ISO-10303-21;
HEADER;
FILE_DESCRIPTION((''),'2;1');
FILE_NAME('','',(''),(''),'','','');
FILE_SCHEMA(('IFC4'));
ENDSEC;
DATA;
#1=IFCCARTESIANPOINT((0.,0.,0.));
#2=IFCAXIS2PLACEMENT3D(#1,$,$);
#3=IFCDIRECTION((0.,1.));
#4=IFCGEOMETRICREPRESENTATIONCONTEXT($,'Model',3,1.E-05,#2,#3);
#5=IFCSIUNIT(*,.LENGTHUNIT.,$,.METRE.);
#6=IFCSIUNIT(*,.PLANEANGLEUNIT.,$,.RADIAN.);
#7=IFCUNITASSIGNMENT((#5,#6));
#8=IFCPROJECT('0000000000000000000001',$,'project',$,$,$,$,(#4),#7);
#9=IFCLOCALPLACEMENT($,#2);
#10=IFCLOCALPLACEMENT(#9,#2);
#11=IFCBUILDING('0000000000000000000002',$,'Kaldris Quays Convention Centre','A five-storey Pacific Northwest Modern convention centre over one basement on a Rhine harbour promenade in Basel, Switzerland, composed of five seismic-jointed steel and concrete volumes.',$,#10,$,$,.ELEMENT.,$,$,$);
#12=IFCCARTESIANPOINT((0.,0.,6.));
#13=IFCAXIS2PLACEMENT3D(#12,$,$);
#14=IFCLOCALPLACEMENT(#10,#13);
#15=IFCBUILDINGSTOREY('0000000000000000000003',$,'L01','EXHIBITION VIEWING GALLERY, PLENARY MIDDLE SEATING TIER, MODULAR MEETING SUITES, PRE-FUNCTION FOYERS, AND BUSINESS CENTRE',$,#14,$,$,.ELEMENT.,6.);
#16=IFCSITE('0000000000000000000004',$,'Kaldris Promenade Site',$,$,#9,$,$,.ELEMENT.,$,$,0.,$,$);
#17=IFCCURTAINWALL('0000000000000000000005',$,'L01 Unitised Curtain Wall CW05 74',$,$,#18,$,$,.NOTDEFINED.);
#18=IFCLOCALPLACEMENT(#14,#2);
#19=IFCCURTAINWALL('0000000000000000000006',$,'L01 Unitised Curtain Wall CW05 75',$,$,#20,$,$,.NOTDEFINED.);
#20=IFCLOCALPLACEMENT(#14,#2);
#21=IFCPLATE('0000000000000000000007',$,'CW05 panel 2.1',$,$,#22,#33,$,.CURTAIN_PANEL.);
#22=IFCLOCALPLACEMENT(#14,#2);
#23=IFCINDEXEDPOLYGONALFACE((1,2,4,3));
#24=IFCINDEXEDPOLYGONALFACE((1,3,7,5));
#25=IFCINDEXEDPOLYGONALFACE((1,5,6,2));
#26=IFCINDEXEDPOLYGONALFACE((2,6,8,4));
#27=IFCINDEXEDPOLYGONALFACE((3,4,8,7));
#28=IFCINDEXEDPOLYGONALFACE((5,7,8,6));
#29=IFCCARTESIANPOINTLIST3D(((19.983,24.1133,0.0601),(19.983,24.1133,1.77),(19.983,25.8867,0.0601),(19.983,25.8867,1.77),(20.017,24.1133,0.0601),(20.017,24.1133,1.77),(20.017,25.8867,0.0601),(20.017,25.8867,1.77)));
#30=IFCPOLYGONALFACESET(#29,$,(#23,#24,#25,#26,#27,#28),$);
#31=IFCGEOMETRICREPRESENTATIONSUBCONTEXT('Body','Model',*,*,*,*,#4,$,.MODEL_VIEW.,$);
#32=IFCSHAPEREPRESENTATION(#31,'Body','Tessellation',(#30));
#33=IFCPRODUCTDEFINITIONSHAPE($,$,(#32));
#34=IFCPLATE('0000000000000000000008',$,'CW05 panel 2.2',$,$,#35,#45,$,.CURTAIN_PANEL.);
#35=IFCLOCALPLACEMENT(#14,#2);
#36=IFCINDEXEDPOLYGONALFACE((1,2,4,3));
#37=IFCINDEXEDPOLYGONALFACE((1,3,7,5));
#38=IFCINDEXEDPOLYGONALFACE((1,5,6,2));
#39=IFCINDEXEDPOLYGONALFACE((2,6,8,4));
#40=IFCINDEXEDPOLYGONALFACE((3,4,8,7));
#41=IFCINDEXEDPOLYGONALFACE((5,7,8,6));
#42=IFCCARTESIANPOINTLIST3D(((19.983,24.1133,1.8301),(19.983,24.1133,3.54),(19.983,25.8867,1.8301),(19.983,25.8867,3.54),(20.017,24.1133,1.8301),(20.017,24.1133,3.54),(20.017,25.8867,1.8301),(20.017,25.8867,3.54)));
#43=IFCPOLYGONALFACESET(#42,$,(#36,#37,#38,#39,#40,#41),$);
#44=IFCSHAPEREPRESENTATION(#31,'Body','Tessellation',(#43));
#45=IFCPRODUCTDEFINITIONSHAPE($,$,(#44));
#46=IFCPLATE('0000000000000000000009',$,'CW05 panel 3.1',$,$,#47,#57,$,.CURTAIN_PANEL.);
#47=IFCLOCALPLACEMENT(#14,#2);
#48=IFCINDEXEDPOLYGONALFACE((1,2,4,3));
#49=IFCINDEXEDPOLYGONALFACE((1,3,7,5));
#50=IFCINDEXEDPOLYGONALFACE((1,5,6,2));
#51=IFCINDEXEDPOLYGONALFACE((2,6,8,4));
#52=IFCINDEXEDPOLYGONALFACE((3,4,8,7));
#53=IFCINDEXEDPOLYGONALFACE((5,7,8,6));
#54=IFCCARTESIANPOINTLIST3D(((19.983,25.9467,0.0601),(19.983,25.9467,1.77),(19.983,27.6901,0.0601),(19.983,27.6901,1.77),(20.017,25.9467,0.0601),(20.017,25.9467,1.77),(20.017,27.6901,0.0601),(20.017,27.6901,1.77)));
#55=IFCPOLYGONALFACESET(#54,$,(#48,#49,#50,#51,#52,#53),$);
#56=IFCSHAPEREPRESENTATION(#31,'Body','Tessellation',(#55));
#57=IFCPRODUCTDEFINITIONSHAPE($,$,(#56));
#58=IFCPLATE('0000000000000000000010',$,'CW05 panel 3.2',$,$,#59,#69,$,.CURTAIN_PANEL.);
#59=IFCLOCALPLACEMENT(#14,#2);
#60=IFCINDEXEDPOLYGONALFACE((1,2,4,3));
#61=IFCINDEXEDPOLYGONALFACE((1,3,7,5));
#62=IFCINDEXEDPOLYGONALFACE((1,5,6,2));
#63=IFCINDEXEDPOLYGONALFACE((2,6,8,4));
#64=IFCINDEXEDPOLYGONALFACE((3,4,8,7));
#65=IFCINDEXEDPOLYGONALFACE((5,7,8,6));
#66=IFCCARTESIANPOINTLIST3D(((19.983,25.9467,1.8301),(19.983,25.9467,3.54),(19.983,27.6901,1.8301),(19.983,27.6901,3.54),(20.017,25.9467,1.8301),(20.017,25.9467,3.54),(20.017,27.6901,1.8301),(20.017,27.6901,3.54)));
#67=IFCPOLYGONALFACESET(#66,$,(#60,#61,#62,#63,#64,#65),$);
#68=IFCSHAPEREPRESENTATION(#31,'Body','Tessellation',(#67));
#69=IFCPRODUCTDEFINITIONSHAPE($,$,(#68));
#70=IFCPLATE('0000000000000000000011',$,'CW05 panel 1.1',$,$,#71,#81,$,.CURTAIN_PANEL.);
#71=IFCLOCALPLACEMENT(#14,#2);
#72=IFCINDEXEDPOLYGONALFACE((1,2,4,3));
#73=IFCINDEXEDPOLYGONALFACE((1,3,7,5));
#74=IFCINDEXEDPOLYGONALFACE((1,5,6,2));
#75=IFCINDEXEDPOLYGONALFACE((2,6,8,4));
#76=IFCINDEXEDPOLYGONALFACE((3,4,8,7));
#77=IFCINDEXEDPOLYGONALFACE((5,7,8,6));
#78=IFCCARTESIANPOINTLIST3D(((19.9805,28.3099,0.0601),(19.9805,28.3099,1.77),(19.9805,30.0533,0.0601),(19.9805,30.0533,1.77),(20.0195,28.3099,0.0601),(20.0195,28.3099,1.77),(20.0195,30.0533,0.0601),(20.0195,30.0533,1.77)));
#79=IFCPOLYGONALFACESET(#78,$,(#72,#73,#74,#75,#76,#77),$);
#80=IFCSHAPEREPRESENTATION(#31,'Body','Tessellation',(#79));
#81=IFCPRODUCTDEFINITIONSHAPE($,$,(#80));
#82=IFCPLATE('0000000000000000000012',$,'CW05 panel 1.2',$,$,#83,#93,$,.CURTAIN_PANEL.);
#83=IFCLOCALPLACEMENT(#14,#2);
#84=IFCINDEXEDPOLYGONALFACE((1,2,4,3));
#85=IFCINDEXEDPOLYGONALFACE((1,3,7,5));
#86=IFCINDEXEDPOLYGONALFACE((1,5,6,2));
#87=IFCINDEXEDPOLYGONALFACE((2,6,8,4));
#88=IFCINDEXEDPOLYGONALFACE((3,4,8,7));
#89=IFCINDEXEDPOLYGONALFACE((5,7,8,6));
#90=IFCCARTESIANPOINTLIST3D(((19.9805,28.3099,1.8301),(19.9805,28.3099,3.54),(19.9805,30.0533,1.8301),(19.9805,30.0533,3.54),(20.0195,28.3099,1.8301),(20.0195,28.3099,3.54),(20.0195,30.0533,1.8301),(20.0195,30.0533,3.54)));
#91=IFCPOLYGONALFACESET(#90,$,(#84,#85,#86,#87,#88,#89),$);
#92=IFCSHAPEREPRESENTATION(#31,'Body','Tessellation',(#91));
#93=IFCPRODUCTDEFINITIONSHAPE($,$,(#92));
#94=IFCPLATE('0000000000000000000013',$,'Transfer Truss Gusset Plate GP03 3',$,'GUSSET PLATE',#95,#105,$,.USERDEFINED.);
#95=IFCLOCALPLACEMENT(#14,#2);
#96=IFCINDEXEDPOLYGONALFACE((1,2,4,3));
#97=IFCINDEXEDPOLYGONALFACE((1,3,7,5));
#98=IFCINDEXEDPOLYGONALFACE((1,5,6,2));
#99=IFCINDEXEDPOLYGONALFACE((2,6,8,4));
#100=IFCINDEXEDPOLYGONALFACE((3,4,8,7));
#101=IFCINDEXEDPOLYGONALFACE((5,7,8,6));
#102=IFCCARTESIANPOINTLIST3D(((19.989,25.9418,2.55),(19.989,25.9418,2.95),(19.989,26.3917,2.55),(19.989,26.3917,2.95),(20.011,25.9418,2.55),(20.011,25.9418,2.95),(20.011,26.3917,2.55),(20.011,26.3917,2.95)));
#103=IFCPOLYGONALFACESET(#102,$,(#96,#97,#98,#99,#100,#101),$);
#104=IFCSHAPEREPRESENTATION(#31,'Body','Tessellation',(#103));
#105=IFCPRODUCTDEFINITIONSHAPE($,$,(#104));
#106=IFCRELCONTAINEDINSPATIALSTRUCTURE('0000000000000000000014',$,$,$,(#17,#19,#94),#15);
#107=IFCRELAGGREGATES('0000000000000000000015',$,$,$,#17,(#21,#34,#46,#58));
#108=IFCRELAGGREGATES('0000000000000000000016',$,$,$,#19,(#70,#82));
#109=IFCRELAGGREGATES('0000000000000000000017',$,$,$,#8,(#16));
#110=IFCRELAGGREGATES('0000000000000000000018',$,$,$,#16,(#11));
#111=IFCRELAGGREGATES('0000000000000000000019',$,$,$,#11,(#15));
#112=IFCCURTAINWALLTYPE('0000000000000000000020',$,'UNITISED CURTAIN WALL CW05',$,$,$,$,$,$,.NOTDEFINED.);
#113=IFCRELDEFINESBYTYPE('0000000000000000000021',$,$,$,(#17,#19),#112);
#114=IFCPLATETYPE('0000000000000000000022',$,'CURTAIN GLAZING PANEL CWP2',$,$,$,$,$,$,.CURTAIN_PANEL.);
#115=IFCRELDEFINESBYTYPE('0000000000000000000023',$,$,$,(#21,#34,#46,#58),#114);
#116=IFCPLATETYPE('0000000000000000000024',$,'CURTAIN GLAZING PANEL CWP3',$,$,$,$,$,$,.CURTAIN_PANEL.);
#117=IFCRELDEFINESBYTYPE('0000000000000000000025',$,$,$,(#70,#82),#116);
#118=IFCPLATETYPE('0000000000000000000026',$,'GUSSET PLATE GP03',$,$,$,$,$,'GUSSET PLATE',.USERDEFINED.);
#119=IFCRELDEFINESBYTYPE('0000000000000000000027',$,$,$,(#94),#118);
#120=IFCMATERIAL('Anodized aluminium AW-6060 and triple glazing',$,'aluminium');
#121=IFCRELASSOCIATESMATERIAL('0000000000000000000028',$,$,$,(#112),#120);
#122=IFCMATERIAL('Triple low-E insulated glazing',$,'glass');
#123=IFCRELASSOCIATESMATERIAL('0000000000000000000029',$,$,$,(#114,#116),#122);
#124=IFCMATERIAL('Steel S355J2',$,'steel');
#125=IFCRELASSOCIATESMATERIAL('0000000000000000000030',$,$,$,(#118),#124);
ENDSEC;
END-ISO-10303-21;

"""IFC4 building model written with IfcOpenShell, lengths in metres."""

from ifc_helpers import new_model, si_unit, direction, frame, origin, origin_2d, place, context, subcontext, project, spatial, rectangle, extrude, material, type_object, element, aggregate, save


model = new_model("IFC4")

# Units and contexts
model_context = context("Model", 3, precision=1e-05, world=origin(), true_north=direction((0.0, 1.0)))
body_context = subcontext(model_context, "Body", "Model", "MODEL_VIEW")
ifc_project = project(units=[si_unit("LENGTHUNIT", "METRE"), si_unit("PLANEANGLEUNIT", "RADIAN")], contexts=[model_context])

# Site, building, storey
site_placement = place(None, origin())
site = spatial("IfcSite", under=ifc_project, at=site_placement, Name="Kaldris Promenade Site", CompositionType="ELEMENT", RefElevation=0.0)
building_placement = place(site_placement, origin())
building = spatial("IfcBuilding", under=site, at=building_placement, Name="Kaldris Quays Convention Centre", Description="A five-storey Pacific Northwest Modern convention centre over one basement on a Rhine harbour promenade in Basel, Switzerland, composed of five seismic-jointed steel and concrete volumes.", CompositionType="ELEMENT")
storey_placement = place(building_placement, frame((0.0, 0.0, 6.0)))
storey = spatial("IfcBuildingStorey", under=building, at=storey_placement, Name="L01", Description="EXHIBITION VIEWING GALLERY, PLENARY MIDDLE SEATING TIER, MODULAR MEETING SUITES, PRE-FUNCTION FOYERS, AND BUSINESS CENTRE", CompositionType="ELEMENT", Elevation=6.0)

# Curtain wall
ifc_material_1 = material(Name="Anodized aluminium AW-6060 and triple glazing", Category="aluminium")
curtain_wall_type = type_object("IfcCurtainWallType", Name="UNITISED CURTAIN WALL CW05", PredefinedType="NOTDEFINED", material=ifc_material_1)
curtain_wall_1_placement = place(storey_placement, origin())
curtain_wall_1 = element("IfcCurtainWall", 1, at=curtain_wall_1_placement, inside=storey, type_object=curtain_wall_type, Name="L01 Unitised Curtain Wall CW05 74", PredefinedType="NOTDEFINED")

# Curtain wall
curtain_wall_2_placement = place(storey_placement, origin())
curtain_wall_2 = element("IfcCurtainWall", 2, at=curtain_wall_2_placement, inside=storey, type_object=curtain_wall_type, Name="L01 Unitised Curtain Wall CW05 75", PredefinedType="NOTDEFINED")

# Shared definitions
ifc_material_2 = material(Name="Steel S355J2", Category="steel")

# Plates
ifc_material_3 = material(Name="Triple low-E insulated glazing", Category="glass")
plate_type_1 = type_object("IfcPlateType", Name="CURTAIN GLAZING PANEL CWP2", PredefinedType="CURTAIN_PANEL", material=ifc_material_3)
plate_1_placement = place(storey_placement, frame((20.0, 25.0, 0.0601), z_axis=(0.0, 0.0, 1.0), x_axis=(0.0, 1.0, 0.0)))
plate_1 = element("IfcPlate", 3, at=plate_1_placement, type_object=plate_type_1, Name="CW05 panel 2.1", PredefinedType="CURTAIN_PANEL", context=body_context, shape_type="SweptSolid", body=[
    extrude(rectangle(XDim=1.7734, YDim=0.0339, at=origin_2d()), origin(), (0.0, 0.0, 1.0), 1.71),
])
plate_2_placement = place(storey_placement, frame((20.0, 25.0, 1.8301), z_axis=(0.0, 0.0, 1.0), x_axis=(0.0, 1.0, 0.0)))
plate_2 = element("IfcPlate", 4, at=plate_2_placement, type_object=plate_type_1, Name="CW05 panel 2.2", PredefinedType="CURTAIN_PANEL", context=body_context, shape_type="SweptSolid", body=[
    extrude(rectangle(XDim=1.7734, YDim=0.0339, at=origin_2d()), origin(), (0.0, 0.0, 1.0), 1.71),
])
plate_3_placement = place(storey_placement, frame((20.0, 26.8184, 0.0601), z_axis=(0.0, 0.0, 1.0), x_axis=(0.0, 1.0, 0.0)))
plate_3 = element("IfcPlate", 5, at=plate_3_placement, type_object=plate_type_1, Name="CW05 panel 3.1", PredefinedType="CURTAIN_PANEL", context=body_context, shape_type="SweptSolid", body=[
    extrude(rectangle(XDim=1.7434, YDim=0.0339, at=origin_2d()), origin(), (0.0, 0.0, 1.0), 1.71),
])
plate_4_placement = place(storey_placement, frame((20.0, 26.8184, 1.8301), z_axis=(0.0, 0.0, 1.0), x_axis=(0.0, 1.0, 0.0)))
plate_4 = element("IfcPlate", 6, at=plate_4_placement, type_object=plate_type_1, Name="CW05 panel 3.2", PredefinedType="CURTAIN_PANEL", context=body_context, shape_type="SweptSolid", body=[
    extrude(rectangle(XDim=1.7434, YDim=0.0339, at=origin_2d()), origin(), (0.0, 0.0, 1.0), 1.71),
])
aggregate(curtain_wall_1, [plate_1, plate_2, plate_3, plate_4])
plate_type_2 = type_object("IfcPlateType", Name="CURTAIN GLAZING PANEL CWP3", PredefinedType="CURTAIN_PANEL", material=ifc_material_3)
plate_5_placement = place(storey_placement, frame((20.0, 29.1816, 0.0601), z_axis=(0.0, 0.0, 1.0), x_axis=(0.0, 1.0, 0.0)))
plate_5 = element("IfcPlate", 7, at=plate_5_placement, type_object=plate_type_2, Name="CW05 panel 1.1", PredefinedType="CURTAIN_PANEL", context=body_context, shape_type="SweptSolid", body=[
    extrude(rectangle(XDim=1.7434, YDim=0.0391, at=origin_2d()), origin(), (0.0, 0.0, 1.0), 1.71),
])
plate_6_placement = place(storey_placement, frame((20.0, 29.1816, 1.8301), z_axis=(0.0, 0.0, 1.0), x_axis=(0.0, 1.0, 0.0)))
plate_6 = element("IfcPlate", 8, at=plate_6_placement, type_object=plate_type_2, Name="CW05 panel 1.2", PredefinedType="CURTAIN_PANEL", context=body_context, shape_type="SweptSolid", body=[
    extrude(rectangle(XDim=1.7434, YDim=0.0391, at=origin_2d()), origin(), (0.0, 0.0, 1.0), 1.71),
])
aggregate(curtain_wall_2, [plate_5, plate_6])
plate_type_3 = type_object("IfcPlateType", Name="GUSSET PLATE GP03", ElementType="GUSSET PLATE", PredefinedType="USERDEFINED", material=ifc_material_2)
plate_7_placement = place(storey_placement, frame((20.0, 26.1667, 2.55), z_axis=(0.0, 0.0, 1.0), x_axis=(1.0, 0.0, 0.0)))
element("IfcPlate", 9, at=plate_7_placement, inside=storey, type_object=plate_type_3, Name="Transfer Truss Gusset Plate GP03 3", ObjectType="GUSSET PLATE", PredefinedType="USERDEFINED", context=body_context, shape_type="SweptSolid", body=[
    extrude(rectangle(XDim=0.022, YDim=0.45, at=origin_2d()), origin(), (0.0, 0.0, 1.0), 0.3999),
])

save(model, "model.ifc")
